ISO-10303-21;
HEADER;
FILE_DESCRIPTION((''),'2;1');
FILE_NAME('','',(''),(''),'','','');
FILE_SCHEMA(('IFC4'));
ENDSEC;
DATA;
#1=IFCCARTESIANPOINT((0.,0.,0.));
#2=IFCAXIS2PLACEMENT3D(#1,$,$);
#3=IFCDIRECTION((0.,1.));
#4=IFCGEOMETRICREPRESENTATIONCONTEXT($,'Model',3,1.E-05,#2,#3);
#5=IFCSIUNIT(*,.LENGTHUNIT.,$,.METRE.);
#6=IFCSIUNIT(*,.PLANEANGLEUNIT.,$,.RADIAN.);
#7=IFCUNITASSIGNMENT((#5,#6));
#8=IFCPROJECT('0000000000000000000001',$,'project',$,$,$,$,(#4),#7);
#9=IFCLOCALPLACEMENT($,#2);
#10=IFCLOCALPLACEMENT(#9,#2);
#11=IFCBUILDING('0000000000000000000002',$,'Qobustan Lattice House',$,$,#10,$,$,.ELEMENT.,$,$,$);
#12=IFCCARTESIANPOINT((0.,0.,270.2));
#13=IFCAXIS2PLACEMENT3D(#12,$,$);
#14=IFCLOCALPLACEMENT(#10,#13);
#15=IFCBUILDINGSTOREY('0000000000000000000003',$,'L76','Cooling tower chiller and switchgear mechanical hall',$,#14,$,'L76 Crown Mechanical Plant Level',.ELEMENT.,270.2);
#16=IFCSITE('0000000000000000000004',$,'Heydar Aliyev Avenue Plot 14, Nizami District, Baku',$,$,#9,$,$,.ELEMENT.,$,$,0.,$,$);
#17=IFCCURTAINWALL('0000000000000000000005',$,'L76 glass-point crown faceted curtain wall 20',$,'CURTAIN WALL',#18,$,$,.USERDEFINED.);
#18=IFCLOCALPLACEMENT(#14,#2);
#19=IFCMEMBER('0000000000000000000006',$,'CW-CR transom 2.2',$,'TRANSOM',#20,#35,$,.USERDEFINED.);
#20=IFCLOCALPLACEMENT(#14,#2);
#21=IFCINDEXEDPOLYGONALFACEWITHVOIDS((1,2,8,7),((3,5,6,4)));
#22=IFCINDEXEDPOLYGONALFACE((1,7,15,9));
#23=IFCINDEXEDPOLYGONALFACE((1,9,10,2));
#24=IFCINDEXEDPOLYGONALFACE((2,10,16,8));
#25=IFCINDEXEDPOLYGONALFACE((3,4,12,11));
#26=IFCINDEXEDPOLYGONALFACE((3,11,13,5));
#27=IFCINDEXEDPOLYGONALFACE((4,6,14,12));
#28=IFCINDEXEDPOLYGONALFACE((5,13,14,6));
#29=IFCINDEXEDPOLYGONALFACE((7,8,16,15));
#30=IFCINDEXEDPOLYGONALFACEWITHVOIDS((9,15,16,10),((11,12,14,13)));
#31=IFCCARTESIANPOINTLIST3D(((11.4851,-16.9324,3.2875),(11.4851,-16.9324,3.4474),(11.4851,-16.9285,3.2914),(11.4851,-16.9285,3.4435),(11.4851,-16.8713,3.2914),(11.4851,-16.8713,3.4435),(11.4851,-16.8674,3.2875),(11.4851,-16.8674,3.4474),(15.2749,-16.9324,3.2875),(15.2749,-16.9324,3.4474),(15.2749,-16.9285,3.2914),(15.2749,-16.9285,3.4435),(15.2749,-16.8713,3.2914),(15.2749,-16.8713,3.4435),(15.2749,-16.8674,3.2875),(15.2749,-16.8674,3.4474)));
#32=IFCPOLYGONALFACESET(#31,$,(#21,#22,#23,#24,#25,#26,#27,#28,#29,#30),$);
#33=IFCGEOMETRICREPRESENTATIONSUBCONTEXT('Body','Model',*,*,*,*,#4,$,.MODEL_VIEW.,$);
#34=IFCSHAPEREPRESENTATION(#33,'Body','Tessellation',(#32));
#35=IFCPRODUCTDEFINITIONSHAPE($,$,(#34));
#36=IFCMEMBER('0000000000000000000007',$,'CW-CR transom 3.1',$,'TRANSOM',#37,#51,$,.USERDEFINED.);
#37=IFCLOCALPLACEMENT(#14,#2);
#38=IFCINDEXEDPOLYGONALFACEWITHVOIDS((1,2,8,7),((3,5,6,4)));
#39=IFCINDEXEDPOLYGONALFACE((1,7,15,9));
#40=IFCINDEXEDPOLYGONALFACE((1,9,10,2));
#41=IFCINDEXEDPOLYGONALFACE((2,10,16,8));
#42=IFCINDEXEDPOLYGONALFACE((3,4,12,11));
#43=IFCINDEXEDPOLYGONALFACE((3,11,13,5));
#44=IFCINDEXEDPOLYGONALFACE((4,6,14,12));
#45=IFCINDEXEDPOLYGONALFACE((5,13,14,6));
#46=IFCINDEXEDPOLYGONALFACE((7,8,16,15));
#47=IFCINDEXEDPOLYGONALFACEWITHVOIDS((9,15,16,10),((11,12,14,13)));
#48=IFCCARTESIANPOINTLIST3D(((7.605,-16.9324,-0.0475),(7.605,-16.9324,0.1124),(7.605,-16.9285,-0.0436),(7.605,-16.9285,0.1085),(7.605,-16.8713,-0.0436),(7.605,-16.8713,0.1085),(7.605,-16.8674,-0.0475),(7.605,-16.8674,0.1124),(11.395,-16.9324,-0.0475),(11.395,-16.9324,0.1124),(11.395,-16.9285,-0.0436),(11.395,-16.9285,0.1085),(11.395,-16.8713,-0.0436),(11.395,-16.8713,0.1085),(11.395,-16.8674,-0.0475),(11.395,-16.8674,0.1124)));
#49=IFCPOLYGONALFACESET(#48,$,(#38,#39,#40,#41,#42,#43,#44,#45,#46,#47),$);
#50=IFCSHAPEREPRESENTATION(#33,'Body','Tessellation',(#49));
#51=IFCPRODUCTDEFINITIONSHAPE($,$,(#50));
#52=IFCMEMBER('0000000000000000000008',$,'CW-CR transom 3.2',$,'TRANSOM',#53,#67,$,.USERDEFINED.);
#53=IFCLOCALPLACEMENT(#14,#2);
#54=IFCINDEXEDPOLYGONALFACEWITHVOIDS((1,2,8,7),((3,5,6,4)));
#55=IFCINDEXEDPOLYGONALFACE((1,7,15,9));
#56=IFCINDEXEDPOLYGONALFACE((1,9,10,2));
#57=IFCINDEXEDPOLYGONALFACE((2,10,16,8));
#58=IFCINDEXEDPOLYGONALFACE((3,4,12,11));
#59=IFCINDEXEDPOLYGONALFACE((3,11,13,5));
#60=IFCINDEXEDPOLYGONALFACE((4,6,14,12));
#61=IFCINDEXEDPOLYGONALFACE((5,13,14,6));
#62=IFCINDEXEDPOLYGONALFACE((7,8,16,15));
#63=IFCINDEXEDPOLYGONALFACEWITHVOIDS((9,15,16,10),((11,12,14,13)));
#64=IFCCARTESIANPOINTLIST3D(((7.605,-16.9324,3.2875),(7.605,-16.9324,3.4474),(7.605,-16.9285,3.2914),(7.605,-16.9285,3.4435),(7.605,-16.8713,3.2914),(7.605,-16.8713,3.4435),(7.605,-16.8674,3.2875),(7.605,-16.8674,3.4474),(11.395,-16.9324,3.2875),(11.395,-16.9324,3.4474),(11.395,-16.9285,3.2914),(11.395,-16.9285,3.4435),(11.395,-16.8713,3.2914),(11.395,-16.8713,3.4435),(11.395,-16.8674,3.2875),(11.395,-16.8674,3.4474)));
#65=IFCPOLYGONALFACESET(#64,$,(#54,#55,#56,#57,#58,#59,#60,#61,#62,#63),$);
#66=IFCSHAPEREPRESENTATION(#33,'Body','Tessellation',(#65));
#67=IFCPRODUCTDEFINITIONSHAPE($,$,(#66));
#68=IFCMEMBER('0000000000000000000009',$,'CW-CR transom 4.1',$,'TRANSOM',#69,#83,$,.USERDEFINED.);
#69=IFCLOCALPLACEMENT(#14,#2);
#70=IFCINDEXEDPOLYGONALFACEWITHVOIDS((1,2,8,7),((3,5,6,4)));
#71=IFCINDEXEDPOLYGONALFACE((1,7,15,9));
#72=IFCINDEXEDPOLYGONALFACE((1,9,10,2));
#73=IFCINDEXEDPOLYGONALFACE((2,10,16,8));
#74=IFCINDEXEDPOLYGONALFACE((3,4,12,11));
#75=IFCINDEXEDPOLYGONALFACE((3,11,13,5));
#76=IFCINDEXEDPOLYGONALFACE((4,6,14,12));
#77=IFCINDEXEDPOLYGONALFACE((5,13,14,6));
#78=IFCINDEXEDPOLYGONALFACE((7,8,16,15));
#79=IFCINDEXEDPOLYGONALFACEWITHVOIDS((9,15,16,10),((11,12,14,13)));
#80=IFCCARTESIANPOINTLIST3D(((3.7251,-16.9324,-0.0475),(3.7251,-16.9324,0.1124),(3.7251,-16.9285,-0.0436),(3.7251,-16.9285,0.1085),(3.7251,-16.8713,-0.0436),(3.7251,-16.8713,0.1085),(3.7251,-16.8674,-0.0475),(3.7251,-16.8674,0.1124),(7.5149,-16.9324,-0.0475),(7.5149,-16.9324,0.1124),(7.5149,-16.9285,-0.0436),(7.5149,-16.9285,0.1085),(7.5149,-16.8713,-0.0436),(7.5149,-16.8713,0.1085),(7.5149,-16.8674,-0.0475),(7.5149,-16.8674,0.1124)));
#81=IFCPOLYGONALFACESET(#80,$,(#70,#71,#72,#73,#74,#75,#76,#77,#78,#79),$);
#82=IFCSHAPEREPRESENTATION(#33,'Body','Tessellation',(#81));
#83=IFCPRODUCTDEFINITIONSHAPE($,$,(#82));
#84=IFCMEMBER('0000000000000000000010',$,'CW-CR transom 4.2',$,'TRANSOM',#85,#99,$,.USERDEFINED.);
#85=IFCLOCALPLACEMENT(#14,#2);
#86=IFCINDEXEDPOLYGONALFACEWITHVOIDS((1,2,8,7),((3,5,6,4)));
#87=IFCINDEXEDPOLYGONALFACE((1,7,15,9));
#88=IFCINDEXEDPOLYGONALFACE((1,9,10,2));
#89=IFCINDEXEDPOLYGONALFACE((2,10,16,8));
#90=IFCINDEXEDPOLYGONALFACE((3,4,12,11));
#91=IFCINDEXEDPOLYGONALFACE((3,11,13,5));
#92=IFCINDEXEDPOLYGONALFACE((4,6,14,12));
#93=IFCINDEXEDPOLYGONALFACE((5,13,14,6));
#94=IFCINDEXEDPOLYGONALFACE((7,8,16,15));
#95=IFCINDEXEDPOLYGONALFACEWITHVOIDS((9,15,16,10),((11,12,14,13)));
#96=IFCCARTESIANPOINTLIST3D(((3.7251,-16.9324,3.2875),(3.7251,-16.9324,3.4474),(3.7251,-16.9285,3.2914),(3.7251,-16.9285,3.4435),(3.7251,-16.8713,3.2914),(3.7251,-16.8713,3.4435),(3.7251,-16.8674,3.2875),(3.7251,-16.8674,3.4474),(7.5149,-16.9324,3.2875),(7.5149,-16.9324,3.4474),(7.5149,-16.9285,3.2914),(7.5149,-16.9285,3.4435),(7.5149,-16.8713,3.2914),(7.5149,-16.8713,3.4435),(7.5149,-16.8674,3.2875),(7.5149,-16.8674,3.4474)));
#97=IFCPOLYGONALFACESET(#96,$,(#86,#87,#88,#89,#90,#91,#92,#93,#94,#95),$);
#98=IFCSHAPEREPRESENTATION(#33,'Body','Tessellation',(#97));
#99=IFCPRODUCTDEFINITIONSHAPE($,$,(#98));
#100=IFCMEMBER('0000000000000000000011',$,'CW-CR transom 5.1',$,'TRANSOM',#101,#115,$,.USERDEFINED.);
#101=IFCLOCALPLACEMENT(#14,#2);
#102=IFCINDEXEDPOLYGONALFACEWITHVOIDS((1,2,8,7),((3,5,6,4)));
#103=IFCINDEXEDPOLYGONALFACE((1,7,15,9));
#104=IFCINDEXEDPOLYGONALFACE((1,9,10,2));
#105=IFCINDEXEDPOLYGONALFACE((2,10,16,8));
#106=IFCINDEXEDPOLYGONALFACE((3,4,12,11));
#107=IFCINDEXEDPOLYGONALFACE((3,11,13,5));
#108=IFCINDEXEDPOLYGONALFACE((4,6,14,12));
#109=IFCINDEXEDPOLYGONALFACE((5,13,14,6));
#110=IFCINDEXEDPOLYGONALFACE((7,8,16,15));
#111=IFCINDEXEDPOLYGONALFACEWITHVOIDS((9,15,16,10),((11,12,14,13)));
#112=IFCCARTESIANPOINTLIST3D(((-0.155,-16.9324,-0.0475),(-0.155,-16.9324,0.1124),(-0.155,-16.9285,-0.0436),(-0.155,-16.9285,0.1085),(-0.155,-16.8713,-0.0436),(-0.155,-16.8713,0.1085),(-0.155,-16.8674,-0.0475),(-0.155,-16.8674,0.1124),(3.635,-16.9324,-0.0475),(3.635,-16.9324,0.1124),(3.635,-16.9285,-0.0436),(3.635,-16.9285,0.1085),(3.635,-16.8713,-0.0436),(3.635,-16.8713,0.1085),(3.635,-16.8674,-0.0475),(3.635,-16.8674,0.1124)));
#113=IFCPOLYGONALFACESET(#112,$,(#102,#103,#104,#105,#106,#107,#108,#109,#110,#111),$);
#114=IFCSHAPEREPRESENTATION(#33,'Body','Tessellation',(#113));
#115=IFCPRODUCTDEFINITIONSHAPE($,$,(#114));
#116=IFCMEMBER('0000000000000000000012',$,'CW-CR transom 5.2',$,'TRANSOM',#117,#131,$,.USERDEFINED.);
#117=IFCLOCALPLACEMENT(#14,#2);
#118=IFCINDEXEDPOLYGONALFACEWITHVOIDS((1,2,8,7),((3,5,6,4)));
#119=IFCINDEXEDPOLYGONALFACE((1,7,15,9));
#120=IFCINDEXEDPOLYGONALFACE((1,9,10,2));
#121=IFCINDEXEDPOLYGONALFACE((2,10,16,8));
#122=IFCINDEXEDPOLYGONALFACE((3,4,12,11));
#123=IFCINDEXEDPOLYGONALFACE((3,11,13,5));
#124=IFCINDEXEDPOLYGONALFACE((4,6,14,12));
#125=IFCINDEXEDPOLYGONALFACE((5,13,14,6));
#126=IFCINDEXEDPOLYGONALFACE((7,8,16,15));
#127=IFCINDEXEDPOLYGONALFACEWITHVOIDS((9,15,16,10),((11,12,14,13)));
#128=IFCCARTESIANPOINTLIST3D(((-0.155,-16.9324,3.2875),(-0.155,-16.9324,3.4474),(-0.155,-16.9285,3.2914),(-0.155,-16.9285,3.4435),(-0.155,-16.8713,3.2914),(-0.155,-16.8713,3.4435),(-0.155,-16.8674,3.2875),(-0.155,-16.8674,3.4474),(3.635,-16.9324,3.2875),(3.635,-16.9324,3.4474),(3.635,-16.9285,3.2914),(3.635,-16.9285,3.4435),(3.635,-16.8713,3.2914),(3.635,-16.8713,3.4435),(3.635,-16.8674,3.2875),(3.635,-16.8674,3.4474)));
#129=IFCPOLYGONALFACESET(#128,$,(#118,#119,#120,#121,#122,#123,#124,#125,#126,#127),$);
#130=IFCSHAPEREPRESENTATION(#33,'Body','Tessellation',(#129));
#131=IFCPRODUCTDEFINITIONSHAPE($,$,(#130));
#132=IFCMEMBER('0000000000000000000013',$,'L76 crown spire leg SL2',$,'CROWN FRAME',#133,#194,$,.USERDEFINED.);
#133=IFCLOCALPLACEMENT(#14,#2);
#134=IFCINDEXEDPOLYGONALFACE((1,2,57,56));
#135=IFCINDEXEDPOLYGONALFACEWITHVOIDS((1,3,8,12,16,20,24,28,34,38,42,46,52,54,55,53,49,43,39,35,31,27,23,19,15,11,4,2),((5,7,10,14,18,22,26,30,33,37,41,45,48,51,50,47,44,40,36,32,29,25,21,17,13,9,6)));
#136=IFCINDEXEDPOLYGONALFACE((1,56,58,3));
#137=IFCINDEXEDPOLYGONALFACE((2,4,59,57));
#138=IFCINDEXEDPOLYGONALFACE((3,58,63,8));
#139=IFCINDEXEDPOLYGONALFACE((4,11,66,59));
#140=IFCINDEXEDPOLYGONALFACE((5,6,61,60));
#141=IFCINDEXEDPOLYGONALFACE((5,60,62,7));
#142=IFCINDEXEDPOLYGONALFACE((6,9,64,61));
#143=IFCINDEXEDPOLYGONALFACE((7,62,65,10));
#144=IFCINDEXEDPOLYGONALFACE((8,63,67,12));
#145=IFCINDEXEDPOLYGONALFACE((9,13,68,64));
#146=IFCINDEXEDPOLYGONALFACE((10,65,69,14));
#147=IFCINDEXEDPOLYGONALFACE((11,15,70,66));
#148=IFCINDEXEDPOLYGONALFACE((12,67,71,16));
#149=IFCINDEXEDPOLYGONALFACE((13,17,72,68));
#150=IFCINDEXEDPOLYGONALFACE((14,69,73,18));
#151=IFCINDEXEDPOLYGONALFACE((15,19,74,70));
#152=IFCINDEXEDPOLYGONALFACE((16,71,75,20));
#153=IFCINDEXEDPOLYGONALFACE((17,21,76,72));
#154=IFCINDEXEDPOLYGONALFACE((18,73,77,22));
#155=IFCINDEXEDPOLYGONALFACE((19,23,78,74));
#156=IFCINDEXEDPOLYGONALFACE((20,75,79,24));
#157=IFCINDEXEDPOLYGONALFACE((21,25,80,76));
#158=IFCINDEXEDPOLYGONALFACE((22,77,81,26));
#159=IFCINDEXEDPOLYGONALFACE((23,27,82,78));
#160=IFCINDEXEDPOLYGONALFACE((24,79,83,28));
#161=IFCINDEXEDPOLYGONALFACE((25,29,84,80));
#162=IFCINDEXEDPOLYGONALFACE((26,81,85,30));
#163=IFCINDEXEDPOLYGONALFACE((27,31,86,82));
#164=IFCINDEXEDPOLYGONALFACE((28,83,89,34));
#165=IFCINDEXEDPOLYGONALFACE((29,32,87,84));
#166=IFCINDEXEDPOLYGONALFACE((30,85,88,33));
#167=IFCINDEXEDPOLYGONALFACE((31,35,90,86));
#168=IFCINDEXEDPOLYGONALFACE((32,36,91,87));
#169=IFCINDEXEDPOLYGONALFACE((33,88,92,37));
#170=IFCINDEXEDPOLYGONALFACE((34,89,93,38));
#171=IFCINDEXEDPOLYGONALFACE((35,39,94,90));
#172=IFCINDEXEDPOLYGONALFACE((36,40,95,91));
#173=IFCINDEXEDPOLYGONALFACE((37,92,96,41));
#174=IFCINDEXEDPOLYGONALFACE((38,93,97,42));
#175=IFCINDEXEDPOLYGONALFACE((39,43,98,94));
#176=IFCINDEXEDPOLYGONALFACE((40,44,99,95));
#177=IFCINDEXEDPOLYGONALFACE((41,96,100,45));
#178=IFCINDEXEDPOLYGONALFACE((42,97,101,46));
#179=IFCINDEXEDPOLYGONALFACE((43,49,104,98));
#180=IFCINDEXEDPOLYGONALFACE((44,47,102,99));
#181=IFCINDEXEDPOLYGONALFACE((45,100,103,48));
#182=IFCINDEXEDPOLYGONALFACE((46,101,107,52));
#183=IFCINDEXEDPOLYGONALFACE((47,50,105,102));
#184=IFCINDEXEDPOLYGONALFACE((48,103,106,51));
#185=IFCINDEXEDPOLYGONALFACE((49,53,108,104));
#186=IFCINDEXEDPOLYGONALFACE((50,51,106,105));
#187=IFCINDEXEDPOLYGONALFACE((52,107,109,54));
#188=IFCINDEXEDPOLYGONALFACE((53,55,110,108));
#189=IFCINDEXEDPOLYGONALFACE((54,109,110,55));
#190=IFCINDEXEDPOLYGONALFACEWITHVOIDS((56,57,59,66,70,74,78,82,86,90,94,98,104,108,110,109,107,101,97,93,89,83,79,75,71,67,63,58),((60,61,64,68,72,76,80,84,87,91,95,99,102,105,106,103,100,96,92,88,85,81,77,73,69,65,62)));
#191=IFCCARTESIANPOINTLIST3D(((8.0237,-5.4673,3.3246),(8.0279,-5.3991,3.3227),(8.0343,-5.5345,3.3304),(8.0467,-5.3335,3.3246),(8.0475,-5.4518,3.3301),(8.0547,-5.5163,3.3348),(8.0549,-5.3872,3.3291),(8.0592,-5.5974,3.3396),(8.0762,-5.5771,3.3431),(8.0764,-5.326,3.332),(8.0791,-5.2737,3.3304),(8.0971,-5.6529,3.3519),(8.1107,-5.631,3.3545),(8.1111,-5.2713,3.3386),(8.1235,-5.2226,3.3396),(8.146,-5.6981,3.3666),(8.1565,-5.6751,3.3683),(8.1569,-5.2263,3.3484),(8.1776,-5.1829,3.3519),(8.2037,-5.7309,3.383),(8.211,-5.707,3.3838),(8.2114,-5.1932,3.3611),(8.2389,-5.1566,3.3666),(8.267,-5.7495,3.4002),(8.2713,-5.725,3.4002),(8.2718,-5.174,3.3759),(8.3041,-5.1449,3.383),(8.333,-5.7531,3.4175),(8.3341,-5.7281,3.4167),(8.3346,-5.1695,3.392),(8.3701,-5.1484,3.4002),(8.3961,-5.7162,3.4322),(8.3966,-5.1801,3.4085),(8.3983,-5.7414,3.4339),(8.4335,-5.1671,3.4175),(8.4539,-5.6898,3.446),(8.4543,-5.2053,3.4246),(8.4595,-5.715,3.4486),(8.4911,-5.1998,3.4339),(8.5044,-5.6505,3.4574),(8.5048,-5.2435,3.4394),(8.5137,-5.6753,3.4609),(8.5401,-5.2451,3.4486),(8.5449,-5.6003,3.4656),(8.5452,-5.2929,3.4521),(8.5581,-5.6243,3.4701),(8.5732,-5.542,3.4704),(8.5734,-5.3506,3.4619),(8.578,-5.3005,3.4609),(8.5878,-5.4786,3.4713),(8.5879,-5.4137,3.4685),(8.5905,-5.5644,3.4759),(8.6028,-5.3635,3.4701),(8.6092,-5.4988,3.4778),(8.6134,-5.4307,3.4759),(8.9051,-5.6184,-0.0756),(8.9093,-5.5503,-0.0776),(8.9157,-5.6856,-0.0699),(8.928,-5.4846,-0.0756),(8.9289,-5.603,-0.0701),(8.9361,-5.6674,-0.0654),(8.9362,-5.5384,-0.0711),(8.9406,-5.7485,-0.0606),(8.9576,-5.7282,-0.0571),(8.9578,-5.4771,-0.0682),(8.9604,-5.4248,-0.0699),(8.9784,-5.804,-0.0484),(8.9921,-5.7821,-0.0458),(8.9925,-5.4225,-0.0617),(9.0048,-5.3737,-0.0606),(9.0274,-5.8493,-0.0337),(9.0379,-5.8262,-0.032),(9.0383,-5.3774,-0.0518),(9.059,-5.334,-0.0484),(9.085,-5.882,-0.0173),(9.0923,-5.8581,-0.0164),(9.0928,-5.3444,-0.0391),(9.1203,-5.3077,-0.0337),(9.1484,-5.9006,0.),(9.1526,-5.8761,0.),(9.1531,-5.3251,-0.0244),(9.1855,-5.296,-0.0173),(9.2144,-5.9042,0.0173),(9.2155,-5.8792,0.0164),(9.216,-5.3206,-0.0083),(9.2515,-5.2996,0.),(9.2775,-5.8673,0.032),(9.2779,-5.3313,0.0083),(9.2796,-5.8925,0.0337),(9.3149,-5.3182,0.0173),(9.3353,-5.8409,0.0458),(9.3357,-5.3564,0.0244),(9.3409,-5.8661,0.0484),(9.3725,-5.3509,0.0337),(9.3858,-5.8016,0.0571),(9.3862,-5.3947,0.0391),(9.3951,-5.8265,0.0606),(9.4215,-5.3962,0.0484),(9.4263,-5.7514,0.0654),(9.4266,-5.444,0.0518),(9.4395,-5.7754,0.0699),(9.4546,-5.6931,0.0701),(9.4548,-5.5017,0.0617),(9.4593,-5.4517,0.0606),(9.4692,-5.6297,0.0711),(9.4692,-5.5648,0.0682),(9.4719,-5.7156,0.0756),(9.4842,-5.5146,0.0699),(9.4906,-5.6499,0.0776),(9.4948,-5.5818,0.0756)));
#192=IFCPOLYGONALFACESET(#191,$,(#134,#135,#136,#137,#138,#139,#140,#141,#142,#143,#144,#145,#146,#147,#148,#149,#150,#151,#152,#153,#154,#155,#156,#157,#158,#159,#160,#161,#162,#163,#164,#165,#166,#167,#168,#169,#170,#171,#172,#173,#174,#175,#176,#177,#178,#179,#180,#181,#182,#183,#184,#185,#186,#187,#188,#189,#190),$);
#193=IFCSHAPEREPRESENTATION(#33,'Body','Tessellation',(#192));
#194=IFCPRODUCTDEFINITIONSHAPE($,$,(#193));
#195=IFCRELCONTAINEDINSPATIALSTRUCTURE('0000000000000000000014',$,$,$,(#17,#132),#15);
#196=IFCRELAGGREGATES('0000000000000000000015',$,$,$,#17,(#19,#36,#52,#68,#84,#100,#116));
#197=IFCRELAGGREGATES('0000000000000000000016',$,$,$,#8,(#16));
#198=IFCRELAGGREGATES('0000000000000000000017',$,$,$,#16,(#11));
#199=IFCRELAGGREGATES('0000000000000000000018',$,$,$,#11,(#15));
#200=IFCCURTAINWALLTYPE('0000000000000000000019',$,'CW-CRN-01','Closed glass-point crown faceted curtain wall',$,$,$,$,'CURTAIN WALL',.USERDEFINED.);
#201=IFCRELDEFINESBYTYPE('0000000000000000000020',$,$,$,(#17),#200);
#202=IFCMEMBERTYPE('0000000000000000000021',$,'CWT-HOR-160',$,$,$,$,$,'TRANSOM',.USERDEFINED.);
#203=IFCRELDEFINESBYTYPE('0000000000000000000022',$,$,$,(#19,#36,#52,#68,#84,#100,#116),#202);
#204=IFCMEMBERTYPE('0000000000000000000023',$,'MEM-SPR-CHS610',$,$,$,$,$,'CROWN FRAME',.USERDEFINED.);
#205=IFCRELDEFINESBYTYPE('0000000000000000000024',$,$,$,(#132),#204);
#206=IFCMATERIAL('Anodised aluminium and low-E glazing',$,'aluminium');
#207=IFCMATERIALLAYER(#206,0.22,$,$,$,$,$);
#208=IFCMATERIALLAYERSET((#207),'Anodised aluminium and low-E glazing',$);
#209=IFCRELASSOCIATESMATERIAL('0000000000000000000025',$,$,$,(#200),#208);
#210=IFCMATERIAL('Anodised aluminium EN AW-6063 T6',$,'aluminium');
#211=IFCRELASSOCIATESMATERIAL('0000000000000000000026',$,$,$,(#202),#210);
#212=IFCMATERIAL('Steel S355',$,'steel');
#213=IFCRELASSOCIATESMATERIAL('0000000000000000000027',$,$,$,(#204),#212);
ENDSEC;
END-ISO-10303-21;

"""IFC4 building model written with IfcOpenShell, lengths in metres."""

from ifc_helpers import new_model, si_unit, direction, frame, origin, origin_2d, place, context, subcontext, project, spatial, hollow_rectangle, hollow_circle, extrude, material, layer, layer_set, material_profile, profile_set, type_object, element, aggregate, save


model = new_model("IFC4")

# Units and contexts
model_context = context("Model", 3, precision=1e-05, world=origin(), true_north=direction((0.0, 1.0)))
body_context = subcontext(model_context, "Body", "Model", "MODEL_VIEW")
ifc_project = project(units=[si_unit("LENGTHUNIT", "METRE"), si_unit("PLANEANGLEUNIT", "RADIAN")], contexts=[model_context])

# Site, building, storey
site_placement = place(None, origin())
site = spatial("IfcSite", under=ifc_project, at=site_placement, Name="Heydar Aliyev Avenue Plot 14, Nizami District, Baku", CompositionType="ELEMENT", RefElevation=0.0)
building_placement = place(site_placement, origin())
building = spatial("IfcBuilding", under=site, at=building_placement, Name="Qobustan Lattice House", CompositionType="ELEMENT")
storey_placement = place(building_placement, frame((0.0, 0.0, 270.2)))
storey = spatial("IfcBuildingStorey", under=building, at=storey_placement, Name="L76", Description="Cooling tower chiller and switchgear mechanical hall", LongName="L76 Crown Mechanical Plant Level", CompositionType="ELEMENT", Elevation=270.2)

# Curtain wall, members
ifc_material_1 = material(Name="Anodised aluminium and low-E glazing", Category="aluminium")
ifc_layer_1 = layer(ifc_material_1, 0.22)
ifc_layer_set_1 = layer_set([ifc_layer_1], Name="Anodised aluminium and low-E glazing")
curtain_wall_type = type_object("IfcCurtainWallType", Name="CW-CRN-01", Description="Closed glass-point crown faceted curtain wall", ElementType="CURTAIN WALL", PredefinedType="USERDEFINED", material=ifc_layer_set_1)
curtain_wall_placement = place(storey_placement, origin())
curtain_wall = element("IfcCurtainWall", 1, at=curtain_wall_placement, inside=storey, type_object=curtain_wall_type, Name="L76 glass-point crown faceted curtain wall 20", ObjectType="CURTAIN WALL", PredefinedType="USERDEFINED")
ifc_material_2 = material(Name="Anodised aluminium EN AW-6063 T6", Category="aluminium")
ifc_material_profile_1 = material_profile(ifc_material_2, hollow_rectangle(XDim=0.0649, YDim=0.1599, WallThickness=0.0039, at=origin_2d()), Name="CWT-160x65")
ifc_profile_set_1 = profile_set([ifc_material_profile_1], Name="Anodised aluminium EN AW-6063 T6")
member_type_1 = type_object("IfcMemberType", Name="CWT-HOR-160", ElementType="TRANSOM", PredefinedType="USERDEFINED", material=ifc_profile_set_1)
member_1_placement = place(storey_placement, frame((15.2749, -16.8999, 3.3674), z_axis=(-1.0, 0.0, 0.0), x_axis=(0.0, -1.0, 0.0)))
member_1 = element("IfcMember", 2, at=member_1_placement, type_object=member_type_1, Name="CW-CR transom 2.2", ObjectType="TRANSOM", PredefinedType="USERDEFINED", context=body_context, shape_type="SweptSolid", body=[
    extrude(hollow_rectangle(XDim=0.0649, YDim=0.1599, WallThickness=0.0039, at=origin_2d()), origin(), (0.0, 0.0, 1.0), 3.7898),
])
member_2_placement = place(storey_placement, frame((11.395, -16.8999, 0.0325), z_axis=(-1.0, 0.0, 0.0), x_axis=(0.0, -1.0, 0.0)))
member_2 = element("IfcMember", 3, at=member_2_placement, type_object=member_type_1, Name="CW-CR transom 3.1", ObjectType="TRANSOM", PredefinedType="USERDEFINED", context=body_context, shape_type="SweptSolid", body=[
    extrude(hollow_rectangle(XDim=0.0649, YDim=0.1599, WallThickness=0.0039, at=origin_2d()), origin(), (0.0, 0.0, 1.0), 3.79),
])
member_3_placement = place(storey_placement, frame((11.395, -16.8999, 3.3674), z_axis=(-1.0, 0.0, 0.0), x_axis=(0.0, -1.0, 0.0)))
member_3 = element("IfcMember", 4, at=member_3_placement, type_object=member_type_1, Name="CW-CR transom 3.2", ObjectType="TRANSOM", PredefinedType="USERDEFINED", context=body_context, shape_type="SweptSolid", body=[
    extrude(hollow_rectangle(XDim=0.0649, YDim=0.1599, WallThickness=0.0039, at=origin_2d()), origin(), (0.0, 0.0, 1.0), 3.79),
])
member_4_placement = place(storey_placement, frame((7.5149, -16.8999, 0.0325), z_axis=(-1.0, 0.0, 0.0), x_axis=(0.0, -1.0, 0.0)))
member_4 = element("IfcMember", 5, at=member_4_placement, type_object=member_type_1, Name="CW-CR transom 4.1", ObjectType="TRANSOM", PredefinedType="USERDEFINED", context=body_context, shape_type="SweptSolid", body=[
    extrude(hollow_rectangle(XDim=0.0649, YDim=0.1599, WallThickness=0.0039, at=origin_2d()), origin(), (0.0, 0.0, 1.0), 3.7898),
])
member_5_placement = place(storey_placement, frame((7.5149, -16.8999, 3.3674), z_axis=(-1.0, 0.0, 0.0), x_axis=(0.0, -1.0, 0.0)))
member_5 = element("IfcMember", 6, at=member_5_placement, type_object=member_type_1, Name="CW-CR transom 4.2", ObjectType="TRANSOM", PredefinedType="USERDEFINED", context=body_context, shape_type="SweptSolid", body=[
    extrude(hollow_rectangle(XDim=0.0649, YDim=0.1599, WallThickness=0.0039, at=origin_2d()), origin(), (0.0, 0.0, 1.0), 3.7898),
])
member_6_placement = place(storey_placement, frame((3.635, -16.8999, 0.0325), z_axis=(-1.0, 0.0, 0.0), x_axis=(0.0, -1.0, 0.0)))
member_6 = element("IfcMember", 7, at=member_6_placement, type_object=member_type_1, Name="CW-CR transom 5.1", ObjectType="TRANSOM", PredefinedType="USERDEFINED", context=body_context, shape_type="SweptSolid", body=[
    extrude(hollow_rectangle(XDim=0.0649, YDim=0.1599, WallThickness=0.0039, at=origin_2d()), origin(), (0.0, 0.0, 1.0), 3.79),
])
member_7_placement = place(storey_placement, frame((3.635, -16.8999, 3.3674), z_axis=(-1.0, 0.0, 0.0), x_axis=(0.0, -1.0, 0.0)))
member_7 = element("IfcMember", 8, at=member_7_placement, type_object=member_type_1, Name="CW-CR transom 5.2", ObjectType="TRANSOM", PredefinedType="USERDEFINED", context=body_context, shape_type="SweptSolid", body=[
    extrude(hollow_rectangle(XDim=0.0649, YDim=0.1599, WallThickness=0.0039, at=origin_2d()), origin(), (0.0, 0.0, 1.0), 3.79),
])

# Member
ifc_material_3 = material(Name="Steel S355", Category="steel")
ifc_material_profile_2 = material_profile(ifc_material_3, hollow_circle(Radius=0.3049, WallThickness=0.0249, at=origin_2d()), Name="CHS610x25")
ifc_profile_set_2 = profile_set([ifc_material_profile_2], Name="Steel S355")
member_type_2 = type_object("IfcMemberType", Name="MEM-SPR-CHS610", ElementType="CROWN FRAME", PredefinedType="USERDEFINED", material=ifc_profile_set_2)
member_8_placement = place(storey_placement, frame((9.2, -5.6001, 0.0), z_axis=(-0.250684, 0.042984, 0.967114), x_axis=(-0.169002, -0.985616, 0.0)))
element("IfcMember", 9, at=member_8_placement, inside=storey, type_object=member_type_2, Name="L76 crown spire leg SL2", ObjectType="CROWN FRAME", PredefinedType="USERDEFINED", context=body_context, shape_type="SweptSolid", body=[
    extrude(hollow_circle(Radius=0.3049, WallThickness=0.0249, at=origin_2d()), origin(), (0.0, 0.0, 1.0), 3.5159),
])

aggregate(curtain_wall, [member_1, member_2, member_3, member_4, member_5, member_6, member_7])

save(model, "model.ifc")
